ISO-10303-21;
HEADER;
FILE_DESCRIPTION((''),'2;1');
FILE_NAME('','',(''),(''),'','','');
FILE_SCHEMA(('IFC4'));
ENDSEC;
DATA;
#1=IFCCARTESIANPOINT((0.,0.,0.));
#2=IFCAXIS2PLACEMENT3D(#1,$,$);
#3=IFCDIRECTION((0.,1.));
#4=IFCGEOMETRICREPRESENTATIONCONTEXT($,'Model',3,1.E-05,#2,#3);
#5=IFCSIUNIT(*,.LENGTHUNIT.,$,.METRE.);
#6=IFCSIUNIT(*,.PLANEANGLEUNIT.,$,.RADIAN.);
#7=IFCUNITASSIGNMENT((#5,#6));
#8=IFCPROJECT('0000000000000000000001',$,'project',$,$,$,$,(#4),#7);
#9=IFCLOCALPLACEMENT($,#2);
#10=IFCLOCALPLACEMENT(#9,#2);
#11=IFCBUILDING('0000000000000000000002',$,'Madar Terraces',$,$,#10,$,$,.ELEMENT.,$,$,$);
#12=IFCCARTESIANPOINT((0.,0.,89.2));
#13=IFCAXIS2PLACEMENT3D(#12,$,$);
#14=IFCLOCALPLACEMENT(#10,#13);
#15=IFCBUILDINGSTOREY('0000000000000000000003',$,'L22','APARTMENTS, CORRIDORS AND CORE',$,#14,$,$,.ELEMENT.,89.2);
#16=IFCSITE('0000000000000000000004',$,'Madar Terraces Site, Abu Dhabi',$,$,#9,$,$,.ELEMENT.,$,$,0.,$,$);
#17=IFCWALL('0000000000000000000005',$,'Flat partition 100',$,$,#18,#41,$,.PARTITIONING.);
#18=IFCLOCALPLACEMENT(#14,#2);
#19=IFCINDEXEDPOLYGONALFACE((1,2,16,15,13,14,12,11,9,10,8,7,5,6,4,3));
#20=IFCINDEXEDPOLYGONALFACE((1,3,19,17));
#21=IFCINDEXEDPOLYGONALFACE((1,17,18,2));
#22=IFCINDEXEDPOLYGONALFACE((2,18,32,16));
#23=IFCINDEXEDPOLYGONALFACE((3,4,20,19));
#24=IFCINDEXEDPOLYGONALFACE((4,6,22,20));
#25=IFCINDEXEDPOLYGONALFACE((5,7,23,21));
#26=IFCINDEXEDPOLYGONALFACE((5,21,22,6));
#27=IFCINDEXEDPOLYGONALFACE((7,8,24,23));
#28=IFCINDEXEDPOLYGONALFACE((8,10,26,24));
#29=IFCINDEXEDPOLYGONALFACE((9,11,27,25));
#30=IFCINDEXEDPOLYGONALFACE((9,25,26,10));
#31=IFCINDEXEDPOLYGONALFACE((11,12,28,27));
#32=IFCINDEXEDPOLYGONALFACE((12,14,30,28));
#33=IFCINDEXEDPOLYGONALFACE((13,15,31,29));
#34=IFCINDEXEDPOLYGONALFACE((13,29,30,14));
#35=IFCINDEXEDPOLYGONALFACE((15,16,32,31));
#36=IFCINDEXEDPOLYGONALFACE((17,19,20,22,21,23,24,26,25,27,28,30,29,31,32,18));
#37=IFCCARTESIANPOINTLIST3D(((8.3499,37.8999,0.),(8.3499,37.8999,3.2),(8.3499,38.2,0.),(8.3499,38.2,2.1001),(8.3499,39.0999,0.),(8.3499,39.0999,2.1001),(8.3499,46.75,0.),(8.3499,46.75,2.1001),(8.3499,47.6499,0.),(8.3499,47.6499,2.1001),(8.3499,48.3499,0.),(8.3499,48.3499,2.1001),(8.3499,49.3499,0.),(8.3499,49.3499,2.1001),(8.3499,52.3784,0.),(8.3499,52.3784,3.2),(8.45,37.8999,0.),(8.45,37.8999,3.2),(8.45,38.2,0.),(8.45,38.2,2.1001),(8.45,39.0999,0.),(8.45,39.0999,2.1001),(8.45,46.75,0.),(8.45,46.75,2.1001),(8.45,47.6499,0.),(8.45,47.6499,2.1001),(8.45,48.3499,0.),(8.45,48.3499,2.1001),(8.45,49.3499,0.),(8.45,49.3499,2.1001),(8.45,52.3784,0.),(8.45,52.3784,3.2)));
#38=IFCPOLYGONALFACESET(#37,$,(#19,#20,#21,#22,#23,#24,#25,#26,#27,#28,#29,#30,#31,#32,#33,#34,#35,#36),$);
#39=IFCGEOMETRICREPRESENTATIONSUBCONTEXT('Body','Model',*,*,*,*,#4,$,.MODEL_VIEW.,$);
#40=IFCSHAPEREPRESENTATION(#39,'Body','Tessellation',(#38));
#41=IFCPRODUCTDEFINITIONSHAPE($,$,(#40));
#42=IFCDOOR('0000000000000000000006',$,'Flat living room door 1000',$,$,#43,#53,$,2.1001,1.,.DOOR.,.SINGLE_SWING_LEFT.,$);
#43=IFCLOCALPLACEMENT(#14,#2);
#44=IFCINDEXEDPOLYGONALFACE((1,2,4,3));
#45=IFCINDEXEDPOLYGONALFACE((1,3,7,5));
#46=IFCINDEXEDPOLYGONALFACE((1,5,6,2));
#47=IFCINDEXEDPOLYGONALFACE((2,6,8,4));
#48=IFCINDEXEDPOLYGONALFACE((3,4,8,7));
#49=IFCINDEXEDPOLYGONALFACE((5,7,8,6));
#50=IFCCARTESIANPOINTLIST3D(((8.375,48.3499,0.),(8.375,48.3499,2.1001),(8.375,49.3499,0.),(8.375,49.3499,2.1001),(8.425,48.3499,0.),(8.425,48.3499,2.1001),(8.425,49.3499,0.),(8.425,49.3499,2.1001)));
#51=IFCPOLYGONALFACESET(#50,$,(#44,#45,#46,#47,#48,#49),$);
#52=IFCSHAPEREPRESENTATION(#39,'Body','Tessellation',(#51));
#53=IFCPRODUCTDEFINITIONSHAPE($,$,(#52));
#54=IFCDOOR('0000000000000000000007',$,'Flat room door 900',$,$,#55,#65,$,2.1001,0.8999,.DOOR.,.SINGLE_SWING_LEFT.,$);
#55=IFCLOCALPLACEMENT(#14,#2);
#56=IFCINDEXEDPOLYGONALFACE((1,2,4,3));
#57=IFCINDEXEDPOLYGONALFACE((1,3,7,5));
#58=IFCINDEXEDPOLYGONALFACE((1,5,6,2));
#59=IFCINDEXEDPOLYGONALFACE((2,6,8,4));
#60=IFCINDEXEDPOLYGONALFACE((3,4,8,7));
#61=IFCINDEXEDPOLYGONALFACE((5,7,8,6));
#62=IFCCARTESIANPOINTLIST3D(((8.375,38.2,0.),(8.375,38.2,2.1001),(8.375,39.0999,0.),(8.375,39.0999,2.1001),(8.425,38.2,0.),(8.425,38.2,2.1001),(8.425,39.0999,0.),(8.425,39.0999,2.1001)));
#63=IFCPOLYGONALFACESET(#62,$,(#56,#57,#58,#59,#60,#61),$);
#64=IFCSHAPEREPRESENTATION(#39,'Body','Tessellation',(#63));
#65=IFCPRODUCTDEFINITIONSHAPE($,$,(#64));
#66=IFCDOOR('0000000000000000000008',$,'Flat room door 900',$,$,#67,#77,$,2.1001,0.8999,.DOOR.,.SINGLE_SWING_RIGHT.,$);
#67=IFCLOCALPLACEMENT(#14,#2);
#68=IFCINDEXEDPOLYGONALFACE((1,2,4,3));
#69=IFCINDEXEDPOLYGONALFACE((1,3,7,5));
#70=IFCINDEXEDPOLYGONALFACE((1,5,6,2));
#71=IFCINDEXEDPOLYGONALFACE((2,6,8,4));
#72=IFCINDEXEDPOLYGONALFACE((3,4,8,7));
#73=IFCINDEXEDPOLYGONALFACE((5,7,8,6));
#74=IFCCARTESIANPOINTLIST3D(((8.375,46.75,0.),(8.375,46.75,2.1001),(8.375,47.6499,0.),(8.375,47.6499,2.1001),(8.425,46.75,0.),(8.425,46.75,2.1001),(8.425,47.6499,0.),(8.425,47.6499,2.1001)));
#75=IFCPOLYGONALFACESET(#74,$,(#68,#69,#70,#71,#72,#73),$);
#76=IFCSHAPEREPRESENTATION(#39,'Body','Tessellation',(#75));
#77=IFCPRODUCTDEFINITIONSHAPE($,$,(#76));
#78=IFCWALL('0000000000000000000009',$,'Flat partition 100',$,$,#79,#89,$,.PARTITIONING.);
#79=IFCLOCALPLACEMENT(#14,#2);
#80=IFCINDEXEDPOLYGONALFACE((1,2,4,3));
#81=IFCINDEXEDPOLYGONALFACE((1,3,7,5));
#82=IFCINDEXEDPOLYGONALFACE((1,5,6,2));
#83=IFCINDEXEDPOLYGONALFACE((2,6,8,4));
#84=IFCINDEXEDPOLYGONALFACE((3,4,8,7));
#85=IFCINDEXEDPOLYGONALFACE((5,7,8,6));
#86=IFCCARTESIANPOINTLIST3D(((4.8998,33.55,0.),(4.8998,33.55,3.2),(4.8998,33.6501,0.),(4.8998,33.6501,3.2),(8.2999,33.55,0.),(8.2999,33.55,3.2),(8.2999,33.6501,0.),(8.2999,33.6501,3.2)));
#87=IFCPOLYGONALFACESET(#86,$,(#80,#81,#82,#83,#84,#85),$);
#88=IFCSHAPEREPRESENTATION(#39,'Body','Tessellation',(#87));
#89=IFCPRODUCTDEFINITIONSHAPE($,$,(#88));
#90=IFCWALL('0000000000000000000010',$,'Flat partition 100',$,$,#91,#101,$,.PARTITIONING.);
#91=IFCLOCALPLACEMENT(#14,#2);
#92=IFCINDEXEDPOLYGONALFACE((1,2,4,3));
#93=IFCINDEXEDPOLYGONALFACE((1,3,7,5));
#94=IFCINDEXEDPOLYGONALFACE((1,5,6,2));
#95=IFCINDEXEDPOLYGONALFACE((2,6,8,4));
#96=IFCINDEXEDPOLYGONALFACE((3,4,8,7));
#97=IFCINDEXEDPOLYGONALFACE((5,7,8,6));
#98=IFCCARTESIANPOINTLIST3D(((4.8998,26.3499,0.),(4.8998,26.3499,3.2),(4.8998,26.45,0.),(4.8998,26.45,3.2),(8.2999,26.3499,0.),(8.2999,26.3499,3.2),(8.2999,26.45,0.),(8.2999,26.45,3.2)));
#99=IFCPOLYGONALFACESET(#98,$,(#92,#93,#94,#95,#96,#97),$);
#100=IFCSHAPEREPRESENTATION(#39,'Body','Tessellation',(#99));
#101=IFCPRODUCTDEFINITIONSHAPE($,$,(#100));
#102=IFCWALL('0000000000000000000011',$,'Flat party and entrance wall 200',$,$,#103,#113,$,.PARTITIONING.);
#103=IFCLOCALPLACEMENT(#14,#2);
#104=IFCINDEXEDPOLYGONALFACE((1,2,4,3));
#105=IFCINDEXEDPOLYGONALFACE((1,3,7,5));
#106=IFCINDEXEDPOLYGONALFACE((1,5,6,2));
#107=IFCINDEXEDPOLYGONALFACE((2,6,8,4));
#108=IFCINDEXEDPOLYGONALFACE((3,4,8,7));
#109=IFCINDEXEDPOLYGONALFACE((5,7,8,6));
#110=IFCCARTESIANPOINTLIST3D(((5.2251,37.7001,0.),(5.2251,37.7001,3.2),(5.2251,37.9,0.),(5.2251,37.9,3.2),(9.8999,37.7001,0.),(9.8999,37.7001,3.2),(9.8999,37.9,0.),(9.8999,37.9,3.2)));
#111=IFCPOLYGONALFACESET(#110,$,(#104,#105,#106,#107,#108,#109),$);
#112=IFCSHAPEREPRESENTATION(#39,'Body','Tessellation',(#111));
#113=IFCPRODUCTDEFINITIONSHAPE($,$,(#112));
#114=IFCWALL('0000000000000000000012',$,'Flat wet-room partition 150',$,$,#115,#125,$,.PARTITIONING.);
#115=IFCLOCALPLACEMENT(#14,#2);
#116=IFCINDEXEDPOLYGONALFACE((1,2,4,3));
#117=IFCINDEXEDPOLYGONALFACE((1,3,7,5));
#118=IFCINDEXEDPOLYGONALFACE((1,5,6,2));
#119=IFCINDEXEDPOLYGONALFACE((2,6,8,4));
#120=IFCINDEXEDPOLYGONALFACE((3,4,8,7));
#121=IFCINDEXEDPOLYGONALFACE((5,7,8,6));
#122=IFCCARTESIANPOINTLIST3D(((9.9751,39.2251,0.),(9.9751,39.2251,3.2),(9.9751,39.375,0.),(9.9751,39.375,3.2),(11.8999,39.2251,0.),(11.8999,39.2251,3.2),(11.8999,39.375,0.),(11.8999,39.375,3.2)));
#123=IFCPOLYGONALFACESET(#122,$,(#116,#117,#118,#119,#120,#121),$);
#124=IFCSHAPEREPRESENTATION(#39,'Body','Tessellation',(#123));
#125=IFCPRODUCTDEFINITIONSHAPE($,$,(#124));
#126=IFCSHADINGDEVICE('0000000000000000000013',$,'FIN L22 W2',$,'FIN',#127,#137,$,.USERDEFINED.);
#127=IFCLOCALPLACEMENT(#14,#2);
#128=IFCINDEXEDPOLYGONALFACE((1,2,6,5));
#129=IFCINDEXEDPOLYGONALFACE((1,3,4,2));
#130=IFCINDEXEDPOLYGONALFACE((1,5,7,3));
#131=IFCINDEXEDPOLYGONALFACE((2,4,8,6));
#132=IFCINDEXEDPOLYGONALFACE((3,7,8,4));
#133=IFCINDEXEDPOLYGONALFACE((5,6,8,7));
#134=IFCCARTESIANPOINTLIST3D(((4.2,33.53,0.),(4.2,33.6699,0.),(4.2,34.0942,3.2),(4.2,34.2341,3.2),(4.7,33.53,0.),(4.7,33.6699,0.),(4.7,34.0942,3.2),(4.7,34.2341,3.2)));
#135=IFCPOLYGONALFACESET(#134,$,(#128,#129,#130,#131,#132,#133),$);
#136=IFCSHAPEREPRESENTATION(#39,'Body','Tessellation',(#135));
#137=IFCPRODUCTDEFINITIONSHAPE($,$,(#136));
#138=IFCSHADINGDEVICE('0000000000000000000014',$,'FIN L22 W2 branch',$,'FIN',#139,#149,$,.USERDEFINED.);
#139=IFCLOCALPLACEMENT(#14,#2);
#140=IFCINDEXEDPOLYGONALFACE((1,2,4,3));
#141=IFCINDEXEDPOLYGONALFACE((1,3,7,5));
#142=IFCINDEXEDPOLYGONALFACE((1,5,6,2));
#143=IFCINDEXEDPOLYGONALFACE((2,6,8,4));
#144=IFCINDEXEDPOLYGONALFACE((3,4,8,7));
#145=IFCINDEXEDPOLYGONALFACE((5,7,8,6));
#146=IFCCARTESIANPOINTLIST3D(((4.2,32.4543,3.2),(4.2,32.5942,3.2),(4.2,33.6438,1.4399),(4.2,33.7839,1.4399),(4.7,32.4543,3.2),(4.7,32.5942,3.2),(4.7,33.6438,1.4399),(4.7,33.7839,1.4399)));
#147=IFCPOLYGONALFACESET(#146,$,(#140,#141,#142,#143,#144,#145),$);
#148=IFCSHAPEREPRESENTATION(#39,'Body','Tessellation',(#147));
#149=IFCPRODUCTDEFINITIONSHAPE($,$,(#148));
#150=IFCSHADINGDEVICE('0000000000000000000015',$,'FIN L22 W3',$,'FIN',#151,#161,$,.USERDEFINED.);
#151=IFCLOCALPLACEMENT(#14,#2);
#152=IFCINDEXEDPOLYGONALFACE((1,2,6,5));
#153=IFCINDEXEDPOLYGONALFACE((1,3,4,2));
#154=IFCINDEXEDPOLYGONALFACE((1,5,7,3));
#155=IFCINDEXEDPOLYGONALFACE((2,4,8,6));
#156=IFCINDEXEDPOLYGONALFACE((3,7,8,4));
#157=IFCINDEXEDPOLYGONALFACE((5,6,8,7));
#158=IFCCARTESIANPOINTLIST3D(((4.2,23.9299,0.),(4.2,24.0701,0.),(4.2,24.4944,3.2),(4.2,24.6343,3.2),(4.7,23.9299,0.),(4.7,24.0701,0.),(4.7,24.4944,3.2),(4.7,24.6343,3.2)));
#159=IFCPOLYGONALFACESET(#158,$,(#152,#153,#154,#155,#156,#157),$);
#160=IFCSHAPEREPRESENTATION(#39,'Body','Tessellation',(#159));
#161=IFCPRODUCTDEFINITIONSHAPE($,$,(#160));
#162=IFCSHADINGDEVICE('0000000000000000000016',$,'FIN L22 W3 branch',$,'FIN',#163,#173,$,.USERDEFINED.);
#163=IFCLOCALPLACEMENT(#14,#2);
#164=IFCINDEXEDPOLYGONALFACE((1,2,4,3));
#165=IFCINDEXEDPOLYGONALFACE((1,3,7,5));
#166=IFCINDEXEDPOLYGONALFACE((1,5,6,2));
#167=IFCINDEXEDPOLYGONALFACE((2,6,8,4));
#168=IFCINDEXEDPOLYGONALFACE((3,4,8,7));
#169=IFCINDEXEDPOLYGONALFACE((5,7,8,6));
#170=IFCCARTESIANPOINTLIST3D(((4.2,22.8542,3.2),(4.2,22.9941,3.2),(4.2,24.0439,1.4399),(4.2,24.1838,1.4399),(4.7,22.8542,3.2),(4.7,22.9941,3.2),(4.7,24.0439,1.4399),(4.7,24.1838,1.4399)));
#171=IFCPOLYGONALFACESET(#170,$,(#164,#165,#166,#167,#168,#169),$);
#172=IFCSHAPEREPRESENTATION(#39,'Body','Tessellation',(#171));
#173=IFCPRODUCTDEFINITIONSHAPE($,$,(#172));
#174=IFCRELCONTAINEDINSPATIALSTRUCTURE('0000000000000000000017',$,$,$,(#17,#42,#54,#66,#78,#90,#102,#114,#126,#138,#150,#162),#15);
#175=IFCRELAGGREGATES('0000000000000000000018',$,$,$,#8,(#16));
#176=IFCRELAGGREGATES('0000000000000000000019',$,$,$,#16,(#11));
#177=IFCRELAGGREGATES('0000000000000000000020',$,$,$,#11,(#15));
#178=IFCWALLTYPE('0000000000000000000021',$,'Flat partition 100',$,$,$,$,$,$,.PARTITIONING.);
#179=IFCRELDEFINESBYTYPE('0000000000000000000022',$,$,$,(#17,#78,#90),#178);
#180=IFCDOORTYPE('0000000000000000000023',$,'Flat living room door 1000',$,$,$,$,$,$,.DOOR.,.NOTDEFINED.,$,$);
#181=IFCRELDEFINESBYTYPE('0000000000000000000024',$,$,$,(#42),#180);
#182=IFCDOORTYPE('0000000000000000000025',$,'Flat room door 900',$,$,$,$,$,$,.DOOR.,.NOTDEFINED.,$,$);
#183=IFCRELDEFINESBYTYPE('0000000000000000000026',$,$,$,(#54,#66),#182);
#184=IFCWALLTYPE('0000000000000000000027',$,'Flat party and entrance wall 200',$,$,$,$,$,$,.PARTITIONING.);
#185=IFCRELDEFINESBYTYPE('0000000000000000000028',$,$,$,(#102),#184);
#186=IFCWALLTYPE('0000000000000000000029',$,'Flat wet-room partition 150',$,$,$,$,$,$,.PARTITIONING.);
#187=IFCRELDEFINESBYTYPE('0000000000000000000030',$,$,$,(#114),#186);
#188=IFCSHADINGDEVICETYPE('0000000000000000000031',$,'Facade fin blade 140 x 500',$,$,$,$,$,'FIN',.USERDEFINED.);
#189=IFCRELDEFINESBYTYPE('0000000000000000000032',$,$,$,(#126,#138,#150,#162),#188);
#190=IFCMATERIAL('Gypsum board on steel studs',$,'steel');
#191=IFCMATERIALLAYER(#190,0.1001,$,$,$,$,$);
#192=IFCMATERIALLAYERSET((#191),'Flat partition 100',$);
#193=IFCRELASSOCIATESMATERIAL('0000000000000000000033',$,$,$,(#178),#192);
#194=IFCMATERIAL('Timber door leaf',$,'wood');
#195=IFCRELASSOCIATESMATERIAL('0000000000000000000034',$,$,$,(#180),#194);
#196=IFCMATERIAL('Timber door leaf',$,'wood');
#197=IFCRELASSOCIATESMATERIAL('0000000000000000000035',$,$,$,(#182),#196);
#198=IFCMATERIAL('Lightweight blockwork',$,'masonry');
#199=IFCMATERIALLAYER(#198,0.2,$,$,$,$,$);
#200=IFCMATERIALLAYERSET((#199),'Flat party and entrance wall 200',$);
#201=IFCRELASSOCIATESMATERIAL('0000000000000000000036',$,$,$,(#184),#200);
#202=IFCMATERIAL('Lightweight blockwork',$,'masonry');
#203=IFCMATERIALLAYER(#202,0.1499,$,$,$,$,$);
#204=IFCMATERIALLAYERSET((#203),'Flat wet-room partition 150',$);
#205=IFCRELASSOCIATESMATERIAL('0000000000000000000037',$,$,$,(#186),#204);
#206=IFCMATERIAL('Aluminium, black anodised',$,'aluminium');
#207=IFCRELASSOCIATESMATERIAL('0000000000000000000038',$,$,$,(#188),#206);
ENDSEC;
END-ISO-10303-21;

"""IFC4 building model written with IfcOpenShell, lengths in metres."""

from ifc_helpers import new_model, si_unit, direction, frame, frame_2d, origin, place, context, subcontext, project, spatial, polyline, rectangle, outline, extrude, material, layer, layer_set, type_object, element, fill, save


model = new_model("IFC4")

# Units and contexts
model_context = context("Model", 3, precision=1e-05, world=origin(), true_north=direction((0.0, 1.0)))
body_context = subcontext(model_context, "Body", "Model", "MODEL_VIEW")
ifc_project = project(units=[si_unit("LENGTHUNIT", "METRE"), si_unit("PLANEANGLEUNIT", "RADIAN")], contexts=[model_context])

# Site, building, storey
site_placement = place(None, origin())
site = spatial("IfcSite", under=ifc_project, at=site_placement, Name="Madar Terraces Site, Abu Dhabi", CompositionType="ELEMENT", RefElevation=0.0)
building_placement = place(site_placement, origin())
building = spatial("IfcBuilding", under=site, at=building_placement, Name="Madar Terraces", CompositionType="ELEMENT")
storey_placement = place(building_placement, frame((0.0, 0.0, 89.2)))
storey = spatial("IfcBuildingStorey", under=building, at=storey_placement, Name="L22", Description="APARTMENTS, CORRIDORS AND CORE", CompositionType="ELEMENT", Elevation=89.2)

# Wall, openings, doors
ifc_material_1 = material(Name="Gypsum board on steel studs", Category="steel")
ifc_layer_1 = layer(ifc_material_1, 0.1001)
ifc_layer_set_1 = layer_set([ifc_layer_1], Name="Flat partition 100")
wall_type_1 = type_object("IfcWallType", Name="Flat partition 100", PredefinedType="PARTITIONING", material=ifc_layer_set_1)
wall_1_placement = place(storey_placement, frame((8.3999, 37.8999, 0.0), z_axis=(0.0, 0.0, 1.0), x_axis=(0.0, 1.0, 0.0)))
wall_1 = element("IfcWall", 1, at=wall_1_placement, inside=storey, type_object=wall_type_1, Name="Flat partition 100", PredefinedType="PARTITIONING", context=body_context, shape_type="SweptSolid", body=[
    extrude(rectangle(XDim=14.4785, YDim=0.1001, at=frame_2d((7.2393, 0.0))), origin(), (0.0, 0.0, 1.0), 3.2),
])
opening_1_placement = place(wall_1_placement, frame((0.3, 0.0, 0.0)))
opening_1 = element("IfcOpeningElement", 2, at=opening_1_placement, cuts=wall_1, PredefinedType="OPENING", context=body_context, shape_type="SweptSolid", body=[
    extrude(rectangle(XDim=0.8999, YDim=2.1001, at=frame_2d((0.45, 1.05))), frame((0.0, 0.0601, 0.0), z_axis=(0.0, -1.0, 0.0), x_axis=(1.0, 0.0, 0.0)), (0.0, 0.0, 1.0), 0.1201),
])
opening_2_placement = place(wall_1_placement, frame((8.8501, 0.0, 0.0)))
opening_2 = element("IfcOpeningElement", 3, at=opening_2_placement, cuts=wall_1, PredefinedType="OPENING", context=body_context, shape_type="SweptSolid", body=[
    extrude(rectangle(XDim=0.8999, YDim=2.1001, at=frame_2d((0.45, 1.05))), frame((0.0, 0.0601, 0.0), z_axis=(0.0, -1.0, 0.0), x_axis=(1.0, 0.0, 0.0)), (0.0, 0.0, 1.0), 0.1201),
])
opening_3_placement = place(wall_1_placement, frame((10.45, 0.0, 0.0)))
opening_3 = element("IfcOpeningElement", 4, at=opening_3_placement, cuts=wall_1, PredefinedType="OPENING", context=body_context, shape_type="SweptSolid", body=[
    extrude(rectangle(XDim=1.0, YDim=2.1001, at=frame_2d((0.5, 1.05))), frame((0.0, 0.0601, 0.0), z_axis=(0.0, -1.0, 0.0), x_axis=(1.0, 0.0, 0.0)), (0.0, 0.0, 1.0), 0.1201),
])
ifc_material_2 = material(Name="Timber door leaf", Category="wood")
door_type_1 = type_object("IfcDoorType", Name="Flat living room door 1000", OperationType="NOTDEFINED", PredefinedType="DOOR", material=ifc_material_2)
door_1_placement = place(opening_3_placement, origin())
door_1 = element("IfcDoor", 5, at=door_1_placement, inside=storey, type_object=door_type_1, Name="Flat living room door 1000", OperationType="SINGLE_SWING_LEFT", OverallHeight=2.1001, OverallWidth=1.0, PredefinedType="DOOR", context=body_context, shape_type="SweptSolid", body=[
    extrude(rectangle(XDim=1.0, YDim=2.1001, at=frame_2d((0.5, 1.05))), frame((0.0, 0.0249, 0.0), z_axis=(0.0, -1.0, 0.0), x_axis=(1.0, 0.0, 0.0)), (0.0, 0.0, 1.0), 0.05),
])
fill(opening_3, door_1)
ifc_material_3 = material(Name="Timber door leaf", Category="wood")
door_type_2 = type_object("IfcDoorType", Name="Flat room door 900", OperationType="NOTDEFINED", PredefinedType="DOOR", material=ifc_material_3)
door_2_placement = place(opening_1_placement, origin())
door_2 = element("IfcDoor", 6, at=door_2_placement, inside=storey, type_object=door_type_2, Name="Flat room door 900", OperationType="SINGLE_SWING_LEFT", OverallHeight=2.1001, OverallWidth=0.8999, PredefinedType="DOOR", context=body_context, shape_type="SweptSolid", body=[
    extrude(rectangle(XDim=0.8999, YDim=2.1001, at=frame_2d((0.45, 1.05))), frame((0.0, 0.0249, 0.0), z_axis=(0.0, -1.0, 0.0), x_axis=(1.0, 0.0, 0.0)), (0.0, 0.0, 1.0), 0.05),
])
fill(opening_1, door_2)
door_3_placement = place(opening_2_placement, origin())
door_3 = element("IfcDoor", 7, at=door_3_placement, inside=storey, type_object=door_type_2, Name="Flat room door 900", OperationType="SINGLE_SWING_RIGHT", OverallHeight=2.1001, OverallWidth=0.8999, PredefinedType="DOOR", context=body_context, shape_type="SweptSolid", body=[
    extrude(rectangle(XDim=0.8999, YDim=2.1001, at=frame_2d((0.45, 1.05))), frame((0.0, 0.0249, 0.0), z_axis=(0.0, -1.0, 0.0), x_axis=(1.0, 0.0, 0.0)), (0.0, 0.0, 1.0), 0.05),
])
fill(opening_2, door_3)

# Walls
for number, where, z_axis, x_axis, name in (
    (8, (8.3, 33.6001, 0.0), (0.0, 0.0, 1.0), (-1.0, 0.0, 0.0), "Flat partition 100"),
    (9, (8.3, 26.3999, 0.0), (0.0, 0.0, 1.0), (-1.0, 0.0, 0.0), "Flat partition 100"),
):
    element("IfcWall", number, at=place(storey_placement, frame(where, z_axis=z_axis, x_axis=x_axis)), inside=storey, type_object=wall_type_1, Name=name, PredefinedType="PARTITIONING", context=body_context, shape_type="SweptSolid", body=[
        extrude(rectangle(XDim=3.4001, YDim=0.1001, at=frame_2d((1.7002, 0.0))), origin(), (0.0, 0.0, 1.0), 3.2),
    ])
ifc_material_4 = material(Name="Lightweight blockwork", Category="masonry")
ifc_layer_2 = layer(ifc_material_4, 0.2)
ifc_layer_set_2 = layer_set([ifc_layer_2], Name="Flat party and entrance wall 200")
wall_type_2 = type_object("IfcWallType", Name="Flat party and entrance wall 200", PredefinedType="PARTITIONING", material=ifc_layer_set_2)
wall_2_placement = place(storey_placement, frame((5.2251, 37.8, 0.0), z_axis=(0.0, 0.0, 1.0), x_axis=(1.0, 0.0, 0.0)))
element("IfcWall", 10, at=wall_2_placement, inside=storey, type_object=wall_type_2, Name="Flat party and entrance wall 200", PredefinedType="PARTITIONING", context=body_context, shape_type="SweptSolid", body=[
    extrude(rectangle(XDim=4.6748, YDim=0.2, at=frame_2d((2.3374, 0.0))), origin(), (0.0, 0.0, 1.0), 3.2),
])
ifc_material_5 = material(Name="Lightweight blockwork", Category="masonry")
ifc_layer_3 = layer(ifc_material_5, 0.1499)
ifc_layer_set_3 = layer_set([ifc_layer_3], Name="Flat wet-room partition 150")
wall_type_3 = type_object("IfcWallType", Name="Flat wet-room partition 150", PredefinedType="PARTITIONING", material=ifc_layer_set_3)
wall_3_placement = place(storey_placement, frame((11.8999, 39.3, 0.0), z_axis=(0.0, 0.0, 1.0), x_axis=(-1.0, 0.0, 0.0)))
element("IfcWall", 11, at=wall_3_placement, inside=storey, type_object=wall_type_3, Name="Flat wet-room partition 150", PredefinedType="PARTITIONING", context=body_context, shape_type="SweptSolid", body=[
    extrude(rectangle(XDim=1.9248, YDim=0.1499, at=frame_2d((0.9624, 0.0))), origin(), (0.0, 0.0, 1.0), 3.2),
])

# Shading devices
ifc_material_6 = material(Name="Aluminium, black anodised", Category="aluminium")
shading_device_type = type_object("IfcShadingDeviceType", Name="Facade fin blade 140 x 500", ElementType="FIN", PredefinedType="USERDEFINED", material=ifc_material_6)
shading_device_1_placement = place(storey_placement, frame((4.45, 33.6699, 0.0), z_axis=(0.0, 0.0, 1.0), x_axis=(0.0, -1.0, 0.0)))
element("IfcShadingDevice", 12, at=shading_device_1_placement, inside=storey, type_object=shading_device_type, Name="FIN L22 W2", ObjectType="FIN", PredefinedType="USERDEFINED", context=body_context, shape_type="SweptSolid", body=[
    extrude(outline(polyline([(0.0, 0.0), (0.1399, 0.0), (-0.4243, 3.2), (-0.5642, 3.2), (0.0, 0.0)])), frame((0.0, 0.25, 0.0), z_axis=(0.0, -1.0, 0.0), x_axis=(1.0, 0.0, 0.0)), (0.0, 0.0, 1.0), 0.5),
])
shading_device_2_placement = place(storey_placement, frame((4.45, 33.7839, 1.4399), z_axis=(0.0, 0.0, 1.0), x_axis=(0.0, -1.0, 0.0)))
element("IfcShadingDevice", 13, at=shading_device_2_placement, inside=storey, type_object=shading_device_type, Name="FIN L22 W2 branch", ObjectType="FIN", PredefinedType="USERDEFINED", context=body_context, shape_type="SweptSolid", body=[
    extrude(outline(polyline([(0.0, 0.0), (0.1401, 0.0), (1.3296, 1.76), (1.1897, 1.76), (0.0, 0.0)])), frame((0.0, 0.25, 0.0), z_axis=(0.0, -1.0, 0.0), x_axis=(1.0, 0.0, 0.0)), (0.0, 0.0, 1.0), 0.5),
])
shading_device_3_placement = place(storey_placement, frame((4.45, 24.0701, 0.0), z_axis=(0.0, 0.0, 1.0), x_axis=(0.0, -1.0, 0.0)))
element("IfcShadingDevice", 14, at=shading_device_3_placement, inside=storey, type_object=shading_device_type, Name="FIN L22 W3", ObjectType="FIN", PredefinedType="USERDEFINED", context=body_context, shape_type="SweptSolid", body=[
    extrude(outline(polyline([(0.0, 0.0), (0.1401, 0.0), (-0.4243, 3.2), (-0.5642, 3.2), (0.0, 0.0)])), frame((0.0, 0.25, 0.0), z_axis=(0.0, -1.0, 0.0), x_axis=(1.0, 0.0, 0.0)), (0.0, 0.0, 1.0), 0.5),
])
shading_device_4_placement = place(storey_placement, frame((4.45, 24.1838, 1.4399), z_axis=(0.0, 0.0, 1.0), x_axis=(0.0, -1.0, 0.0)))
element("IfcShadingDevice", 15, at=shading_device_4_placement, inside=storey, type_object=shading_device_type, Name="FIN L22 W3 branch", ObjectType="FIN", PredefinedType="USERDEFINED", context=body_context, shape_type="SweptSolid", body=[
    extrude(outline(polyline([(0.0, 0.0), (0.1399, 0.0), (1.3296, 1.76), (1.1897, 1.76), (0.0, 0.0)])), frame((0.0, 0.25, 0.0), z_axis=(0.0, -1.0, 0.0), x_axis=(1.0, 0.0, 0.0)), (0.0, 0.0, 1.0), 0.5),
])

save(model, "model.ifc")
